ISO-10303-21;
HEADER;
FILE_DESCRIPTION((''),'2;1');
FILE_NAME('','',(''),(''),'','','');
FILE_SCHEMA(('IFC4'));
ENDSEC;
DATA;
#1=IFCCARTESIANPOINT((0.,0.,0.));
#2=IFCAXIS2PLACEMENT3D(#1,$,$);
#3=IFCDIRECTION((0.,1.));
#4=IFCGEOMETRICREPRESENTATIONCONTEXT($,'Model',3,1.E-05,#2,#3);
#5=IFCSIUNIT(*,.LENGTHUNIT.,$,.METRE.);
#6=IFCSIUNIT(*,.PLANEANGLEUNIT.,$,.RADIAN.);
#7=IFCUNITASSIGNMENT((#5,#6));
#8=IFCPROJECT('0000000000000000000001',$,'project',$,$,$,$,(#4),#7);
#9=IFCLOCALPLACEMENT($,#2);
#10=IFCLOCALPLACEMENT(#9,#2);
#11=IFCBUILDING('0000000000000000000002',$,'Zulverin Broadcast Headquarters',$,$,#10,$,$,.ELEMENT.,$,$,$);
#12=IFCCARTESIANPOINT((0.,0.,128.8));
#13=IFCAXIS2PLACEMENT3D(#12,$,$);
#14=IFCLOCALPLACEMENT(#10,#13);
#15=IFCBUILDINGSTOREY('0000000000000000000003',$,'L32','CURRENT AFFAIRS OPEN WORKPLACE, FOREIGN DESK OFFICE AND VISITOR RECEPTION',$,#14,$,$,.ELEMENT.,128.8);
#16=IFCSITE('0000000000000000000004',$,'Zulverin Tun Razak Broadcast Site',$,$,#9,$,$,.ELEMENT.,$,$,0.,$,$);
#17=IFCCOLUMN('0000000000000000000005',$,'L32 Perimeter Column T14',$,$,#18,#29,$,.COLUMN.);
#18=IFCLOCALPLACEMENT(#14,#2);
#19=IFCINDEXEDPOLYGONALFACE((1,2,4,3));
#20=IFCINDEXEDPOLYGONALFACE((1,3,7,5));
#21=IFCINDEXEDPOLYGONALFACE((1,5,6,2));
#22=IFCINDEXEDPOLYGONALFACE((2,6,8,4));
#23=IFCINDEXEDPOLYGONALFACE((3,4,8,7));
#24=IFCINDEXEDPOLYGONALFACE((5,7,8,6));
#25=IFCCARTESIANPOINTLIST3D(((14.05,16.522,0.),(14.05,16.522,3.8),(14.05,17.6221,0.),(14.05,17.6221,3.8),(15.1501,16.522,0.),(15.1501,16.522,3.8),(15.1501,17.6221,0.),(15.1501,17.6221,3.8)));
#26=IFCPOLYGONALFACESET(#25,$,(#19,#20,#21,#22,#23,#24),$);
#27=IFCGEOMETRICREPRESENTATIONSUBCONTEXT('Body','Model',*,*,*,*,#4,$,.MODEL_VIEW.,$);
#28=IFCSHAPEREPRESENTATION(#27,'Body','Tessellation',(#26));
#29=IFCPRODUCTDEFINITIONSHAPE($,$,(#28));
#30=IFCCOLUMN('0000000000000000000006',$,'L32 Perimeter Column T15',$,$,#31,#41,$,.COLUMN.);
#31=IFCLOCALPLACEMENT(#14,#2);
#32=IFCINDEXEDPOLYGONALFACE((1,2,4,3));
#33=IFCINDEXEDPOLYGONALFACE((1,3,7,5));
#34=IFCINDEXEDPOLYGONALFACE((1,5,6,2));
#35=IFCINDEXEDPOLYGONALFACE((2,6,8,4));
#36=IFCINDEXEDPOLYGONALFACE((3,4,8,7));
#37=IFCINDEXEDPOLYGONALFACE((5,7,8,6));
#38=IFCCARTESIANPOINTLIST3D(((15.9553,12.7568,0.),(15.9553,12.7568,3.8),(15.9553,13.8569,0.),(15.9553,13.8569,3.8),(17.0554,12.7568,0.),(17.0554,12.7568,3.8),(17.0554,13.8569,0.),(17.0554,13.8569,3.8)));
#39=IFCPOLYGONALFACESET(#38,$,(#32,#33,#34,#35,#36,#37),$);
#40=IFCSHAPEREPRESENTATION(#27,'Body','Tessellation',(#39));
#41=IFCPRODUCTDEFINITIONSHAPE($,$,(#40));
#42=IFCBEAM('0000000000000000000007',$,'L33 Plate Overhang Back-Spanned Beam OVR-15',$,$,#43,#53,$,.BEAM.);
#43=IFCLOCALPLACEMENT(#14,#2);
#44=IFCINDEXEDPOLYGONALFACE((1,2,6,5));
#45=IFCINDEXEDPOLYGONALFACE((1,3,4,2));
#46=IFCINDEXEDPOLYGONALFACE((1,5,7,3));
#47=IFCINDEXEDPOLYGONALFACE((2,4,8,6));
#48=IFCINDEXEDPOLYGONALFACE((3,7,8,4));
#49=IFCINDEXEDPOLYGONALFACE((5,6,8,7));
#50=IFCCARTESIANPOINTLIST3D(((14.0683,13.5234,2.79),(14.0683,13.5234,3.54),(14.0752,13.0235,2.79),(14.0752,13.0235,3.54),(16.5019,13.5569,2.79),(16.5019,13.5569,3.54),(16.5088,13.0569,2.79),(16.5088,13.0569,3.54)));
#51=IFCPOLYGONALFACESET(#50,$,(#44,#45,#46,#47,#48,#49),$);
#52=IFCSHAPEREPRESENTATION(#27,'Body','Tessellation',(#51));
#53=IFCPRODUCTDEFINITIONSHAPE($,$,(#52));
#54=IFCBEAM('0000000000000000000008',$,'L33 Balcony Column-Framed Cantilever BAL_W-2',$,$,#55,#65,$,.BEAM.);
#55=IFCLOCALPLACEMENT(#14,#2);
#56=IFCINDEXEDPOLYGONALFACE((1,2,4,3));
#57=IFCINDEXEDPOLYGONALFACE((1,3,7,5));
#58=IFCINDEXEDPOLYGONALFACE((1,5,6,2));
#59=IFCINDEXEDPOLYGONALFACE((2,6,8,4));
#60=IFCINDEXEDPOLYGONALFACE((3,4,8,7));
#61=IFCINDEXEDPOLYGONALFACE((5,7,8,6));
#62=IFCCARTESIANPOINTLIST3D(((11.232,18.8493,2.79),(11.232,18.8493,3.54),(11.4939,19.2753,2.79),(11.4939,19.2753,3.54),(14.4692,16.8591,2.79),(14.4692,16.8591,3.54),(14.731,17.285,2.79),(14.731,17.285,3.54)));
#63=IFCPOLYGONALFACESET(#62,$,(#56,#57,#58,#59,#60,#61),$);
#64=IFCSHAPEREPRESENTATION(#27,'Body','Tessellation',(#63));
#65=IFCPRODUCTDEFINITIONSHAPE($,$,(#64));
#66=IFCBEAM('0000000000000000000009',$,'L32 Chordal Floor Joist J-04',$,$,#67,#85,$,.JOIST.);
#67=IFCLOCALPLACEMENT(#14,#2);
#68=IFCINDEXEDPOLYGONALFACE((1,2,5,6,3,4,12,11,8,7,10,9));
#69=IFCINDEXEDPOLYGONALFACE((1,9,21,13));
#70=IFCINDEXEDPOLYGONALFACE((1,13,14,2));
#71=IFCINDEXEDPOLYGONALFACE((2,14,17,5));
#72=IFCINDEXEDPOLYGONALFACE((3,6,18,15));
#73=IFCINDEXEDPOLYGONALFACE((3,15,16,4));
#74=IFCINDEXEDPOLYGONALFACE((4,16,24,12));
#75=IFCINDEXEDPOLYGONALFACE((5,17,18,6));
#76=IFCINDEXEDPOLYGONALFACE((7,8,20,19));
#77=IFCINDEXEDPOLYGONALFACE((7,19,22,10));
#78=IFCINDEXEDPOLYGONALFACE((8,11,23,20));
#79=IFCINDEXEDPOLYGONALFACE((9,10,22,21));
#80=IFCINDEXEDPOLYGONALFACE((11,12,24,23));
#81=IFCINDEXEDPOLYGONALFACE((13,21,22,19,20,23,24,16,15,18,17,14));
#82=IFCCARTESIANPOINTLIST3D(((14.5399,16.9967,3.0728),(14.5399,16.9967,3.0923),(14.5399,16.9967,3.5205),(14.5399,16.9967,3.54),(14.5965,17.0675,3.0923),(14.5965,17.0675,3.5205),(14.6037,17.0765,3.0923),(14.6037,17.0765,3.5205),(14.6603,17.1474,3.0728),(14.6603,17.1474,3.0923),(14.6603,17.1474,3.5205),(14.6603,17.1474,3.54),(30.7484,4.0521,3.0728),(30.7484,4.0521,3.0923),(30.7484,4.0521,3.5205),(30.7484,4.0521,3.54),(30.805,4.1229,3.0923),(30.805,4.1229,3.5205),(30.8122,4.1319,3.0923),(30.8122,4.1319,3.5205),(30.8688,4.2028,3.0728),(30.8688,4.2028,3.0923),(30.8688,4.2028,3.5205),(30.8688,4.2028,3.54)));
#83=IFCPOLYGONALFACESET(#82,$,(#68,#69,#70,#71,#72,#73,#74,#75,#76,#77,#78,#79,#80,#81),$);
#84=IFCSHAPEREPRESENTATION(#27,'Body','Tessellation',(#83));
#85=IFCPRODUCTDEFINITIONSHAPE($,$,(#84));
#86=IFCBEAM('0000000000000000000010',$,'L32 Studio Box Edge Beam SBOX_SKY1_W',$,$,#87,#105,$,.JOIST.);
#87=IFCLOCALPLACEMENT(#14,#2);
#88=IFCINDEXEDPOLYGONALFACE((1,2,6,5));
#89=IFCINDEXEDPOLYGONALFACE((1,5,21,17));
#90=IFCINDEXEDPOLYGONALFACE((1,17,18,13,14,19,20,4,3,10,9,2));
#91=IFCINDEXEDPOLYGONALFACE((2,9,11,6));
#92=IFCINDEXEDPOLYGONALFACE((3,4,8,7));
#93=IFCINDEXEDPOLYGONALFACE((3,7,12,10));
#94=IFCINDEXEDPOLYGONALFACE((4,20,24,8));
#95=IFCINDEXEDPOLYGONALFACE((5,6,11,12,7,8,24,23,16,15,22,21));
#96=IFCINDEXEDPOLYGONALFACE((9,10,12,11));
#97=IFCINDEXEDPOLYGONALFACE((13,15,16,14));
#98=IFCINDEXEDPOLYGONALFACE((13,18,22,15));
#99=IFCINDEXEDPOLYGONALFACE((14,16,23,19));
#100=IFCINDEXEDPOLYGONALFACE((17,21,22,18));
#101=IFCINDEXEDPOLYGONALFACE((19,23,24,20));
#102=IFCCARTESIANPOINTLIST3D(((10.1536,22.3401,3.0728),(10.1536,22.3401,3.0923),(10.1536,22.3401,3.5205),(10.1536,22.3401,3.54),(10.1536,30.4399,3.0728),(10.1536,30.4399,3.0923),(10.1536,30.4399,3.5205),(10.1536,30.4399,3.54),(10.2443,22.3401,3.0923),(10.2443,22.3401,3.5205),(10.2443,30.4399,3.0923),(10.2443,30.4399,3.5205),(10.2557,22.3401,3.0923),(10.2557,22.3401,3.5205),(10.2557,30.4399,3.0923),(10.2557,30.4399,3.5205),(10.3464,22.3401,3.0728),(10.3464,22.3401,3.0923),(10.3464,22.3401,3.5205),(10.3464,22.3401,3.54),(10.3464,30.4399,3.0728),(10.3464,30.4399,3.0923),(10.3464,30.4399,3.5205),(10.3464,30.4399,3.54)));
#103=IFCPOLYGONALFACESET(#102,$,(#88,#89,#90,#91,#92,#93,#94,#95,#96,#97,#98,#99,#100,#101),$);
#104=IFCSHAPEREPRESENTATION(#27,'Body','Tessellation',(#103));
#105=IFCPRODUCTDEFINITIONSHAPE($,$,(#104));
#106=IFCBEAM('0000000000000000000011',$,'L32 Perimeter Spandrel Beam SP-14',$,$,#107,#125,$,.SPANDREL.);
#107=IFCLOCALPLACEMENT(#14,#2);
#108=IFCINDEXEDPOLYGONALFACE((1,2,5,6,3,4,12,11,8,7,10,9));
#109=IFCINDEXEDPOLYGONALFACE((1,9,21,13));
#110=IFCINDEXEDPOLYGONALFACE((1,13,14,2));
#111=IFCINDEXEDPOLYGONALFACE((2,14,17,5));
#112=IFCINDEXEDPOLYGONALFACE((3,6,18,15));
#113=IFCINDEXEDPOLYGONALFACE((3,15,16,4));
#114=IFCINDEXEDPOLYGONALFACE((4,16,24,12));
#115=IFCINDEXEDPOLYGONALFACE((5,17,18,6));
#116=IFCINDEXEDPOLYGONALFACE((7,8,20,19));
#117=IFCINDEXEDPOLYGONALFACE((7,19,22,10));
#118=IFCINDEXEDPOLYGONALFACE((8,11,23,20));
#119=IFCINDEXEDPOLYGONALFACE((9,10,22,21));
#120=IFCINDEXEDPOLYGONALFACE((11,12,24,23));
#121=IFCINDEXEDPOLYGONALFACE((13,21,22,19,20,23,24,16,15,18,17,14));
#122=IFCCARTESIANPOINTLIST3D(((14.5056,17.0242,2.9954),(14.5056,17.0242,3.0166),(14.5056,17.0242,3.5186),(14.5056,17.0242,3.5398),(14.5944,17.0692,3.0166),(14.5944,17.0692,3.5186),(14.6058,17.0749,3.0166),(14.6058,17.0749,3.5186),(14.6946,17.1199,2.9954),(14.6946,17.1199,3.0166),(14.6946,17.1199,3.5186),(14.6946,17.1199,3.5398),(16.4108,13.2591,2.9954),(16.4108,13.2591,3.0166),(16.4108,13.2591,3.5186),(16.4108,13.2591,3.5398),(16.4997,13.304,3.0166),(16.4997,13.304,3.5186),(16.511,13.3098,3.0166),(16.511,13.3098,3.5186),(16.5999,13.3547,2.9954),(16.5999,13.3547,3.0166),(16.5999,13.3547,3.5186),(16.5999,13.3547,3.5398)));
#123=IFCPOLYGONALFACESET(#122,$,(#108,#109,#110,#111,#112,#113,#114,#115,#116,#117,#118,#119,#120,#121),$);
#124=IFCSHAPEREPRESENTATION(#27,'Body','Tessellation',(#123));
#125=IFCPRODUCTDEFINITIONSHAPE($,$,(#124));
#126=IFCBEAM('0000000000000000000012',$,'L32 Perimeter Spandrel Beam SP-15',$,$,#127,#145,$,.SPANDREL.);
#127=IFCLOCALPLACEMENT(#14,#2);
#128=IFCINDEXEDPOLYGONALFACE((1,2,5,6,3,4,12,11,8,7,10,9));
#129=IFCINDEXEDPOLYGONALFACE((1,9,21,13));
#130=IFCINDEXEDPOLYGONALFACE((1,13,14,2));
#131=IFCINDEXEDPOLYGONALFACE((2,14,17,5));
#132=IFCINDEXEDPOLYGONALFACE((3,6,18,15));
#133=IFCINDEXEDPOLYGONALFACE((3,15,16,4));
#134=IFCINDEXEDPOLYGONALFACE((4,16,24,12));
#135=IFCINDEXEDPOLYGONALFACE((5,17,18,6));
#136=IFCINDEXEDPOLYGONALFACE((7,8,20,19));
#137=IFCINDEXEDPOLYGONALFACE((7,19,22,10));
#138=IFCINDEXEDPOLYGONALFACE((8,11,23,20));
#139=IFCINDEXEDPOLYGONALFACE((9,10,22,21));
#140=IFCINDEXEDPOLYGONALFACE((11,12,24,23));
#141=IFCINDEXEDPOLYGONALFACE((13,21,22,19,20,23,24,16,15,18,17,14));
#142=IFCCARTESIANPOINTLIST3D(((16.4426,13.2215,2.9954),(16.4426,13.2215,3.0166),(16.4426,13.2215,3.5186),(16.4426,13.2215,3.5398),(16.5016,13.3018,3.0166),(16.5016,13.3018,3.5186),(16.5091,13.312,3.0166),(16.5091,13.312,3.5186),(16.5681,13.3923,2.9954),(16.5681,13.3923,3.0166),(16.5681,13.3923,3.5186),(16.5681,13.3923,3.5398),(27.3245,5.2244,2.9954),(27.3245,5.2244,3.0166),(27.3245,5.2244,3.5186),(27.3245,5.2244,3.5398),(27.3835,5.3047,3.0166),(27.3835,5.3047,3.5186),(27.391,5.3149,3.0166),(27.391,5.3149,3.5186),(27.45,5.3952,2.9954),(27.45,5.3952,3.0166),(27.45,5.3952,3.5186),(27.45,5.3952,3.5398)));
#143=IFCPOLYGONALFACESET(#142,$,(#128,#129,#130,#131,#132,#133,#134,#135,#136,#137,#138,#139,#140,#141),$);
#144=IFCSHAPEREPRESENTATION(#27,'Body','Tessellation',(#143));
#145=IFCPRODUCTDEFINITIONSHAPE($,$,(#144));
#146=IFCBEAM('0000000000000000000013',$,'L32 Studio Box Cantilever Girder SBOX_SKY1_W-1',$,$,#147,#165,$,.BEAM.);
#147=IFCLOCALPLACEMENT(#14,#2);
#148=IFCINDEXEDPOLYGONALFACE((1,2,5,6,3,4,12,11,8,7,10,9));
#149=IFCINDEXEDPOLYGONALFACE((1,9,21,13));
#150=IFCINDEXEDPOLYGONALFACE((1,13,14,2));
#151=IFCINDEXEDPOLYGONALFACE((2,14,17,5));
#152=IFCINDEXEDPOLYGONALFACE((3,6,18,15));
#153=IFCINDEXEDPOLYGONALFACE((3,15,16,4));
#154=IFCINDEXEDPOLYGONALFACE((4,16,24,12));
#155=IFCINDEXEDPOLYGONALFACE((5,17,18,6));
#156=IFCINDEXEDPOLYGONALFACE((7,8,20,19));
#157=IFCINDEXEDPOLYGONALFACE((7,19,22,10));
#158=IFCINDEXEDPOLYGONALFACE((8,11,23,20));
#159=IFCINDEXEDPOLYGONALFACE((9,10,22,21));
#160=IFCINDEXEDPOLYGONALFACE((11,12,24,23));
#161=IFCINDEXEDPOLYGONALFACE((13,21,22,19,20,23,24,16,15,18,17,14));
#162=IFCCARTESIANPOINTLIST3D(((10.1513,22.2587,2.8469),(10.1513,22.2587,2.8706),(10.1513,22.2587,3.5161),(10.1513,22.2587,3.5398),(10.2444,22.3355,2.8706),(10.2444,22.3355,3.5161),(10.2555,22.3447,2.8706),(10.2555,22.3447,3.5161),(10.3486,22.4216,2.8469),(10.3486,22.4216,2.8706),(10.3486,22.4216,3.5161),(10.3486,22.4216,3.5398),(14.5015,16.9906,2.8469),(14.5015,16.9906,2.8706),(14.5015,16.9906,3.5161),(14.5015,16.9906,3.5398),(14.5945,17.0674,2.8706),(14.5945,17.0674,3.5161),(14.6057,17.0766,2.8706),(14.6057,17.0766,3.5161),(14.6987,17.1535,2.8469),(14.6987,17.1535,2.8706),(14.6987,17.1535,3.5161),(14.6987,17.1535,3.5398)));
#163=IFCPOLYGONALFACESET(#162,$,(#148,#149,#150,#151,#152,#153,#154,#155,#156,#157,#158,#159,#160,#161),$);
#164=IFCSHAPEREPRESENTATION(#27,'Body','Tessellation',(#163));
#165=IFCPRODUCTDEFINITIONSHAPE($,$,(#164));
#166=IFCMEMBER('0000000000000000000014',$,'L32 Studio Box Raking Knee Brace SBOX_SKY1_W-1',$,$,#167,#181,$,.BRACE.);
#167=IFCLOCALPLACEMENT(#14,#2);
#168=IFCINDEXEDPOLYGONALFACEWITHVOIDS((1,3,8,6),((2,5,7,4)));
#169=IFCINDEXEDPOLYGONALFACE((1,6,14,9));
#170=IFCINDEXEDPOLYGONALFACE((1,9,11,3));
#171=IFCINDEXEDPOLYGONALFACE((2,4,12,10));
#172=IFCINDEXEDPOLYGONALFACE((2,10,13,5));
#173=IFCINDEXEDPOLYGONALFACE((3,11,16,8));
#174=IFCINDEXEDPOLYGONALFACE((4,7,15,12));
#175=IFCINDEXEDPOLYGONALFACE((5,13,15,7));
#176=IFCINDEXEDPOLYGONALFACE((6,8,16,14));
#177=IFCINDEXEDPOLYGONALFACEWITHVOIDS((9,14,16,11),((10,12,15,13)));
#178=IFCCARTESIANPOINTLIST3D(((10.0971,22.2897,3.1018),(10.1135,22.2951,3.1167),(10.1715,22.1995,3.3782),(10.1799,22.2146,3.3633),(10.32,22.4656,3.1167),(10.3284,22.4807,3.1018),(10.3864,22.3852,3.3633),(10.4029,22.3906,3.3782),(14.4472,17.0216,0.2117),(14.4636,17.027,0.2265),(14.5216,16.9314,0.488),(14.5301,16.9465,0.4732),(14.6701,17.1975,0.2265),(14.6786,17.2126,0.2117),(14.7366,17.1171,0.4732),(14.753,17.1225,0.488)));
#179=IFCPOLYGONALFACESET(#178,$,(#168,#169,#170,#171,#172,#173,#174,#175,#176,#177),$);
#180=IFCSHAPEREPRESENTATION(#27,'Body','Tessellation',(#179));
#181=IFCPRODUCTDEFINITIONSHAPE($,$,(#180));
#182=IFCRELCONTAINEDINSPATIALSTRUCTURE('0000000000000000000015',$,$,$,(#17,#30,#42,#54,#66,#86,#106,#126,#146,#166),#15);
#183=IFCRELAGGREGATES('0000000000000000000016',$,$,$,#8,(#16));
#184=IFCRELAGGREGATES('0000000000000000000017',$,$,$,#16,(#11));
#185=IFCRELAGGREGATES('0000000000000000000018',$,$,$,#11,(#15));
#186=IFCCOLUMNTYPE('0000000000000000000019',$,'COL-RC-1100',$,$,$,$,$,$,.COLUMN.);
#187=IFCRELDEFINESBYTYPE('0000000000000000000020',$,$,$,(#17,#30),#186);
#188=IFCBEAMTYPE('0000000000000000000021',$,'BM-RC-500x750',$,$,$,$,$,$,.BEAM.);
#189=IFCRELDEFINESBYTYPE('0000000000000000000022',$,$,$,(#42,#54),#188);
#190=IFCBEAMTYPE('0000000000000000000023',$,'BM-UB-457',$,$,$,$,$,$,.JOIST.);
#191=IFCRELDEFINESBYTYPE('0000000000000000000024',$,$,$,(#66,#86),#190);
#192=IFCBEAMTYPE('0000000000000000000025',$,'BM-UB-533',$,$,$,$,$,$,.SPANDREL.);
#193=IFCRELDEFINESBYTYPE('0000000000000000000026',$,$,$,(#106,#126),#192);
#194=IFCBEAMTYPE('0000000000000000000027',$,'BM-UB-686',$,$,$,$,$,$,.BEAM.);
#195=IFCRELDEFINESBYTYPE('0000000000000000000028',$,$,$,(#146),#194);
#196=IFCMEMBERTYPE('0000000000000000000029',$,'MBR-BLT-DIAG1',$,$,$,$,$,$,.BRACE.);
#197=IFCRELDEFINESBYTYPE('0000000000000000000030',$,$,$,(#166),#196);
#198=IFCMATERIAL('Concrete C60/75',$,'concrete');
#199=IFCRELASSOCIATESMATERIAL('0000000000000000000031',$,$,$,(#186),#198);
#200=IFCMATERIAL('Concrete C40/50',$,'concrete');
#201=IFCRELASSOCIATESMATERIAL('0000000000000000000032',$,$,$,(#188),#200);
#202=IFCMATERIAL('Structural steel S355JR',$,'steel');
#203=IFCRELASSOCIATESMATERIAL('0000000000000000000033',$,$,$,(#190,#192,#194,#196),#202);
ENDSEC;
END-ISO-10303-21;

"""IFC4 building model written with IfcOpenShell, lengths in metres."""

from ifc_helpers import new_model, si_unit, direction, frame, origin, origin_2d, place, context, subcontext, project, spatial, rectangle, hollow_rectangle, i_section, extrude, material, material_profile, profile_set, type_object, element, save


model = new_model("IFC4")

# Units and contexts
model_context = context("Model", 3, precision=1e-05, world=origin(), true_north=direction((0.0, 1.0)))
body_context = subcontext(model_context, "Body", "Model", "MODEL_VIEW")
ifc_project = project(units=[si_unit("LENGTHUNIT", "METRE"), si_unit("PLANEANGLEUNIT", "RADIAN")], contexts=[model_context])

# Site, building, storey
site_placement = place(None, origin())
site = spatial("IfcSite", under=ifc_project, at=site_placement, Name="Zulverin Tun Razak Broadcast Site", CompositionType="ELEMENT", RefElevation=0.0)
building_placement = place(site_placement, origin())
building = spatial("IfcBuilding", under=site, at=building_placement, Name="Zulverin Broadcast Headquarters", CompositionType="ELEMENT")
storey_placement = place(building_placement, frame((0.0, 0.0, 128.8)))
storey = spatial("IfcBuildingStorey", under=building, at=storey_placement, Name="L32", Description="CURRENT AFFAIRS OPEN WORKPLACE, FOREIGN DESK OFFICE AND VISITOR RECEPTION", CompositionType="ELEMENT", Elevation=128.8)

# Columns
ifc_material_1 = material(Name="Concrete C60/75", Category="concrete")
ifc_material_profile_1 = material_profile(ifc_material_1, rectangle(XDim=1.1001, YDim=1.1001, at=origin_2d()), Name="Concrete C60/75", Category="concrete")
ifc_profile_set_1 = profile_set([ifc_material_profile_1], Name="Concrete C60/75")
column_type = type_object("IfcColumnType", Name="COL-RC-1100", PredefinedType="COLUMN", material=ifc_profile_set_1)
for number, where, z_axis, x_axis, name in (
    (1, (14.6001, 17.072, 0.0), (0.0, 0.0, 1.0), (1.0, 0.0, 0.0), "L32 Perimeter Column T14"),
    (2, (16.5054, 13.3069, 0.0), (0.0, 0.0, 1.0), (1.0, 0.0, 0.0), "L32 Perimeter Column T15"),
):
    element("IfcColumn", number, at=place(storey_placement, frame(where, z_axis=z_axis, x_axis=x_axis)), inside=storey, type_object=column_type, Name=name, PredefinedType="COLUMN", context=body_context, shape_type="SweptSolid", body=[
        extrude(rectangle(XDim=1.1001, YDim=1.1001, at=origin_2d()), origin(), (0.0, 0.0, 1.0), 3.8),
    ])

# Beams
ifc_material_2 = material(Name="Concrete C40/50", Category="concrete")
ifc_material_profile_2 = material_profile(ifc_material_2, rectangle(XDim=0.5, YDim=0.75, at=origin_2d()), Name="Concrete C40/50", Category="concrete")
ifc_profile_set_2 = profile_set([ifc_material_profile_2], Name="Concrete C40/50")
beam_type_1 = type_object("IfcBeamType", Name="BM-RC-500x750", PredefinedType="BEAM", material=ifc_profile_set_2)
beam_1_placement = place(storey_placement, frame((16.5054, 13.3069, 3.165), z_axis=(-0.999906, -0.013743, 0.0), x_axis=(0.013743, -0.999906, 0.0)))
element("IfcBeam", 3, at=beam_1_placement, inside=storey, type_object=beam_type_1, Name="L33 Plate Overhang Back-Spanned Beam OVR-15", PredefinedType="BEAM", context=body_context, shape_type="SweptSolid", body=[
    extrude(rectangle(XDim=0.5, YDim=0.75, at=origin_2d()), origin(), (0.0, 0.0, 1.0), 2.4338),
])
beam_2_placement = place(storey_placement, frame((14.6001, 17.072, 3.165), z_axis=(-0.85187, 0.523753, 0.0), x_axis=(-0.523753, -0.85187, 0.0)))
element("IfcBeam", 4, at=beam_2_placement, inside=storey, type_object=beam_type_1, Name="L33 Balcony Column-Framed Cantilever BAL_W-2", PredefinedType="BEAM", context=body_context, shape_type="SweptSolid", body=[
    extrude(rectangle(XDim=0.5, YDim=0.75, at=origin_2d()), origin(), (0.0, 0.0, 1.0), 3.8),
])
ifc_material_3 = material(Name="Structural steel S355JR", Category="steel")
ifc_material_profile_3 = material_profile(ifc_material_3, i_section(OverallWidth=0.1929, OverallDepth=0.4673, WebThickness=0.0115, FlangeThickness=0.0195, at=origin_2d()), Name="Structural steel S355JR", Category="steel")
ifc_profile_set_3 = profile_set([ifc_material_profile_3], Name="Structural steel S355JR")
beam_type_2 = type_object("IfcBeamType", Name="BM-UB-457", PredefinedType="JOIST", material=ifc_profile_set_3)
beam_3_placement = place(storey_placement, frame((14.6001, 17.072, 3.3064), z_axis=(0.781391, -0.624042, 0.0), x_axis=(0.624042, 0.781391, 0.0)))
element("IfcBeam", 5, at=beam_3_placement, inside=storey, type_object=beam_type_2, Name="L32 Chordal Floor Joist J-04", PredefinedType="JOIST", context=body_context, shape_type="SweptSolid", body=[
    extrude(i_section(OverallWidth=0.1929, OverallDepth=0.4673, WebThickness=0.0115, FlangeThickness=0.0195, at=origin_2d()), origin(), (0.0, 0.0, 1.0), 20.7432),
])
beam_4_placement = place(storey_placement, frame((10.25, 22.3401, 3.3064), z_axis=(0.0, 1.0, 0.0), x_axis=(-1.0, 0.0, 0.0)))
element("IfcBeam", 6, at=beam_4_placement, inside=storey, type_object=beam_type_2, Name="L32 Studio Box Edge Beam SBOX_SKY1_W", PredefinedType="JOIST", context=body_context, shape_type="SweptSolid", body=[
    extrude(i_section(OverallWidth=0.1929, OverallDepth=0.4673, WebThickness=0.0115, FlangeThickness=0.0195, at=origin_2d()), origin(), (0.0, 0.0, 1.0), 8.0999),
])
ifc_material_profile_4 = material_profile(ifc_material_3, i_section(OverallWidth=0.2119, OverallDepth=0.5444, WebThickness=0.0127, FlangeThickness=0.0212, at=origin_2d()), Name="Structural steel S355JR", Category="steel")
ifc_profile_set_4 = profile_set([ifc_material_profile_4], Name="Structural steel S355JR")
beam_type_3 = type_object("IfcBeamType", Name="BM-UB-533", PredefinedType="SPANDREL", material=ifc_profile_set_4)
beam_5_placement = place(storey_placement, frame((14.6001, 17.072, 3.2676), z_axis=(0.451513, -0.892265, 0.0), x_axis=(0.892265, 0.451513, 0.0)))
element("IfcBeam", 7, at=beam_5_placement, inside=storey, type_object=beam_type_3, Name="L32 Perimeter Spandrel Beam SP-14", PredefinedType="SPANDREL", context=body_context, shape_type="SweptSolid", body=[
    extrude(i_section(OverallWidth=0.2119, OverallDepth=0.5444, WebThickness=0.0127, FlangeThickness=0.0212, at=origin_2d()), origin(), (0.0, 0.0, 1.0), 4.2197),
])
beam_6_placement = place(storey_placement, frame((16.5054, 13.3069, 3.2676), z_axis=(0.805802, -0.592185, 0.0), x_axis=(0.592185, 0.805802, 0.0)))
element("IfcBeam", 8, at=beam_6_placement, inside=storey, type_object=beam_type_3, Name="L32 Perimeter Spandrel Beam SP-15", PredefinedType="SPANDREL", context=body_context, shape_type="SweptSolid", body=[
    extrude(i_section(OverallWidth=0.2119, OverallDepth=0.5444, WebThickness=0.0127, FlangeThickness=0.0212, at=origin_2d()), origin(), (0.0, 0.0, 1.0), 13.5044),
])
ifc_material_profile_5 = material_profile(ifc_material_3, i_section(OverallWidth=0.2559, OverallDepth=0.6929, WebThickness=0.0144, FlangeThickness=0.0237, at=origin_2d()), Name="Structural steel S355JR", Category="steel")
ifc_profile_set_5 = profile_set([ifc_material_profile_5], Name="Structural steel S355JR")
beam_type_4 = type_object("IfcBeamType", Name="BM-UB-686", PredefinedType="BEAM", material=ifc_profile_set_5)
beam_7_placement = place(storey_placement, frame((14.6001, 17.072, 3.1934), z_axis=(-0.636726, 0.77109, 0.0), x_axis=(-0.77109, -0.636726, 0.0)))
element("IfcBeam", 9, at=beam_7_placement, inside=storey, type_object=beam_type_4, Name="L32 Studio Box Cantilever Girder SBOX_SKY1_W-1", PredefinedType="BEAM", context=body_context, shape_type="SweptSolid", body=[
    extrude(i_section(OverallWidth=0.2559, OverallDepth=0.6929, WebThickness=0.0144, FlangeThickness=0.0237, at=origin_2d()), origin(), (0.0, 0.0, 1.0), 6.832),
])

# Member
ifc_material_profile_6 = material_profile(ifc_material_3, hollow_rectangle(XDim=0.3, YDim=0.3, WallThickness=0.0161, at=origin_2d()), Name="Structural steel S355JR", Category="steel")
ifc_profile_set_6 = profile_set([ifc_material_profile_6], Name="Structural steel S355JR")
member_type = type_object("IfcMemberType", Name="MBR-BLT-DIAG1", PredefinedType="BRACE", material=ifc_profile_set_6)
member_placement = place(storey_placement, frame((14.6001, 17.072, 0.3499), z_axis=(-0.586414, 0.71016, 0.389604), x_axis=(-0.77109, -0.636726, 0.0)))
element("IfcMember", 10, at=member_placement, inside=storey, type_object=member_type, Name="L32 Studio Box Raking Knee Brace SBOX_SKY1_W-1", PredefinedType="BRACE", context=body_context, shape_type="SweptSolid", body=[
    extrude(hollow_rectangle(XDim=0.3, YDim=0.3, WallThickness=0.0161, at=origin_2d()), origin(), (0.0, 0.0, 1.0), 7.4182),
])

save(model, "model.ifc")
